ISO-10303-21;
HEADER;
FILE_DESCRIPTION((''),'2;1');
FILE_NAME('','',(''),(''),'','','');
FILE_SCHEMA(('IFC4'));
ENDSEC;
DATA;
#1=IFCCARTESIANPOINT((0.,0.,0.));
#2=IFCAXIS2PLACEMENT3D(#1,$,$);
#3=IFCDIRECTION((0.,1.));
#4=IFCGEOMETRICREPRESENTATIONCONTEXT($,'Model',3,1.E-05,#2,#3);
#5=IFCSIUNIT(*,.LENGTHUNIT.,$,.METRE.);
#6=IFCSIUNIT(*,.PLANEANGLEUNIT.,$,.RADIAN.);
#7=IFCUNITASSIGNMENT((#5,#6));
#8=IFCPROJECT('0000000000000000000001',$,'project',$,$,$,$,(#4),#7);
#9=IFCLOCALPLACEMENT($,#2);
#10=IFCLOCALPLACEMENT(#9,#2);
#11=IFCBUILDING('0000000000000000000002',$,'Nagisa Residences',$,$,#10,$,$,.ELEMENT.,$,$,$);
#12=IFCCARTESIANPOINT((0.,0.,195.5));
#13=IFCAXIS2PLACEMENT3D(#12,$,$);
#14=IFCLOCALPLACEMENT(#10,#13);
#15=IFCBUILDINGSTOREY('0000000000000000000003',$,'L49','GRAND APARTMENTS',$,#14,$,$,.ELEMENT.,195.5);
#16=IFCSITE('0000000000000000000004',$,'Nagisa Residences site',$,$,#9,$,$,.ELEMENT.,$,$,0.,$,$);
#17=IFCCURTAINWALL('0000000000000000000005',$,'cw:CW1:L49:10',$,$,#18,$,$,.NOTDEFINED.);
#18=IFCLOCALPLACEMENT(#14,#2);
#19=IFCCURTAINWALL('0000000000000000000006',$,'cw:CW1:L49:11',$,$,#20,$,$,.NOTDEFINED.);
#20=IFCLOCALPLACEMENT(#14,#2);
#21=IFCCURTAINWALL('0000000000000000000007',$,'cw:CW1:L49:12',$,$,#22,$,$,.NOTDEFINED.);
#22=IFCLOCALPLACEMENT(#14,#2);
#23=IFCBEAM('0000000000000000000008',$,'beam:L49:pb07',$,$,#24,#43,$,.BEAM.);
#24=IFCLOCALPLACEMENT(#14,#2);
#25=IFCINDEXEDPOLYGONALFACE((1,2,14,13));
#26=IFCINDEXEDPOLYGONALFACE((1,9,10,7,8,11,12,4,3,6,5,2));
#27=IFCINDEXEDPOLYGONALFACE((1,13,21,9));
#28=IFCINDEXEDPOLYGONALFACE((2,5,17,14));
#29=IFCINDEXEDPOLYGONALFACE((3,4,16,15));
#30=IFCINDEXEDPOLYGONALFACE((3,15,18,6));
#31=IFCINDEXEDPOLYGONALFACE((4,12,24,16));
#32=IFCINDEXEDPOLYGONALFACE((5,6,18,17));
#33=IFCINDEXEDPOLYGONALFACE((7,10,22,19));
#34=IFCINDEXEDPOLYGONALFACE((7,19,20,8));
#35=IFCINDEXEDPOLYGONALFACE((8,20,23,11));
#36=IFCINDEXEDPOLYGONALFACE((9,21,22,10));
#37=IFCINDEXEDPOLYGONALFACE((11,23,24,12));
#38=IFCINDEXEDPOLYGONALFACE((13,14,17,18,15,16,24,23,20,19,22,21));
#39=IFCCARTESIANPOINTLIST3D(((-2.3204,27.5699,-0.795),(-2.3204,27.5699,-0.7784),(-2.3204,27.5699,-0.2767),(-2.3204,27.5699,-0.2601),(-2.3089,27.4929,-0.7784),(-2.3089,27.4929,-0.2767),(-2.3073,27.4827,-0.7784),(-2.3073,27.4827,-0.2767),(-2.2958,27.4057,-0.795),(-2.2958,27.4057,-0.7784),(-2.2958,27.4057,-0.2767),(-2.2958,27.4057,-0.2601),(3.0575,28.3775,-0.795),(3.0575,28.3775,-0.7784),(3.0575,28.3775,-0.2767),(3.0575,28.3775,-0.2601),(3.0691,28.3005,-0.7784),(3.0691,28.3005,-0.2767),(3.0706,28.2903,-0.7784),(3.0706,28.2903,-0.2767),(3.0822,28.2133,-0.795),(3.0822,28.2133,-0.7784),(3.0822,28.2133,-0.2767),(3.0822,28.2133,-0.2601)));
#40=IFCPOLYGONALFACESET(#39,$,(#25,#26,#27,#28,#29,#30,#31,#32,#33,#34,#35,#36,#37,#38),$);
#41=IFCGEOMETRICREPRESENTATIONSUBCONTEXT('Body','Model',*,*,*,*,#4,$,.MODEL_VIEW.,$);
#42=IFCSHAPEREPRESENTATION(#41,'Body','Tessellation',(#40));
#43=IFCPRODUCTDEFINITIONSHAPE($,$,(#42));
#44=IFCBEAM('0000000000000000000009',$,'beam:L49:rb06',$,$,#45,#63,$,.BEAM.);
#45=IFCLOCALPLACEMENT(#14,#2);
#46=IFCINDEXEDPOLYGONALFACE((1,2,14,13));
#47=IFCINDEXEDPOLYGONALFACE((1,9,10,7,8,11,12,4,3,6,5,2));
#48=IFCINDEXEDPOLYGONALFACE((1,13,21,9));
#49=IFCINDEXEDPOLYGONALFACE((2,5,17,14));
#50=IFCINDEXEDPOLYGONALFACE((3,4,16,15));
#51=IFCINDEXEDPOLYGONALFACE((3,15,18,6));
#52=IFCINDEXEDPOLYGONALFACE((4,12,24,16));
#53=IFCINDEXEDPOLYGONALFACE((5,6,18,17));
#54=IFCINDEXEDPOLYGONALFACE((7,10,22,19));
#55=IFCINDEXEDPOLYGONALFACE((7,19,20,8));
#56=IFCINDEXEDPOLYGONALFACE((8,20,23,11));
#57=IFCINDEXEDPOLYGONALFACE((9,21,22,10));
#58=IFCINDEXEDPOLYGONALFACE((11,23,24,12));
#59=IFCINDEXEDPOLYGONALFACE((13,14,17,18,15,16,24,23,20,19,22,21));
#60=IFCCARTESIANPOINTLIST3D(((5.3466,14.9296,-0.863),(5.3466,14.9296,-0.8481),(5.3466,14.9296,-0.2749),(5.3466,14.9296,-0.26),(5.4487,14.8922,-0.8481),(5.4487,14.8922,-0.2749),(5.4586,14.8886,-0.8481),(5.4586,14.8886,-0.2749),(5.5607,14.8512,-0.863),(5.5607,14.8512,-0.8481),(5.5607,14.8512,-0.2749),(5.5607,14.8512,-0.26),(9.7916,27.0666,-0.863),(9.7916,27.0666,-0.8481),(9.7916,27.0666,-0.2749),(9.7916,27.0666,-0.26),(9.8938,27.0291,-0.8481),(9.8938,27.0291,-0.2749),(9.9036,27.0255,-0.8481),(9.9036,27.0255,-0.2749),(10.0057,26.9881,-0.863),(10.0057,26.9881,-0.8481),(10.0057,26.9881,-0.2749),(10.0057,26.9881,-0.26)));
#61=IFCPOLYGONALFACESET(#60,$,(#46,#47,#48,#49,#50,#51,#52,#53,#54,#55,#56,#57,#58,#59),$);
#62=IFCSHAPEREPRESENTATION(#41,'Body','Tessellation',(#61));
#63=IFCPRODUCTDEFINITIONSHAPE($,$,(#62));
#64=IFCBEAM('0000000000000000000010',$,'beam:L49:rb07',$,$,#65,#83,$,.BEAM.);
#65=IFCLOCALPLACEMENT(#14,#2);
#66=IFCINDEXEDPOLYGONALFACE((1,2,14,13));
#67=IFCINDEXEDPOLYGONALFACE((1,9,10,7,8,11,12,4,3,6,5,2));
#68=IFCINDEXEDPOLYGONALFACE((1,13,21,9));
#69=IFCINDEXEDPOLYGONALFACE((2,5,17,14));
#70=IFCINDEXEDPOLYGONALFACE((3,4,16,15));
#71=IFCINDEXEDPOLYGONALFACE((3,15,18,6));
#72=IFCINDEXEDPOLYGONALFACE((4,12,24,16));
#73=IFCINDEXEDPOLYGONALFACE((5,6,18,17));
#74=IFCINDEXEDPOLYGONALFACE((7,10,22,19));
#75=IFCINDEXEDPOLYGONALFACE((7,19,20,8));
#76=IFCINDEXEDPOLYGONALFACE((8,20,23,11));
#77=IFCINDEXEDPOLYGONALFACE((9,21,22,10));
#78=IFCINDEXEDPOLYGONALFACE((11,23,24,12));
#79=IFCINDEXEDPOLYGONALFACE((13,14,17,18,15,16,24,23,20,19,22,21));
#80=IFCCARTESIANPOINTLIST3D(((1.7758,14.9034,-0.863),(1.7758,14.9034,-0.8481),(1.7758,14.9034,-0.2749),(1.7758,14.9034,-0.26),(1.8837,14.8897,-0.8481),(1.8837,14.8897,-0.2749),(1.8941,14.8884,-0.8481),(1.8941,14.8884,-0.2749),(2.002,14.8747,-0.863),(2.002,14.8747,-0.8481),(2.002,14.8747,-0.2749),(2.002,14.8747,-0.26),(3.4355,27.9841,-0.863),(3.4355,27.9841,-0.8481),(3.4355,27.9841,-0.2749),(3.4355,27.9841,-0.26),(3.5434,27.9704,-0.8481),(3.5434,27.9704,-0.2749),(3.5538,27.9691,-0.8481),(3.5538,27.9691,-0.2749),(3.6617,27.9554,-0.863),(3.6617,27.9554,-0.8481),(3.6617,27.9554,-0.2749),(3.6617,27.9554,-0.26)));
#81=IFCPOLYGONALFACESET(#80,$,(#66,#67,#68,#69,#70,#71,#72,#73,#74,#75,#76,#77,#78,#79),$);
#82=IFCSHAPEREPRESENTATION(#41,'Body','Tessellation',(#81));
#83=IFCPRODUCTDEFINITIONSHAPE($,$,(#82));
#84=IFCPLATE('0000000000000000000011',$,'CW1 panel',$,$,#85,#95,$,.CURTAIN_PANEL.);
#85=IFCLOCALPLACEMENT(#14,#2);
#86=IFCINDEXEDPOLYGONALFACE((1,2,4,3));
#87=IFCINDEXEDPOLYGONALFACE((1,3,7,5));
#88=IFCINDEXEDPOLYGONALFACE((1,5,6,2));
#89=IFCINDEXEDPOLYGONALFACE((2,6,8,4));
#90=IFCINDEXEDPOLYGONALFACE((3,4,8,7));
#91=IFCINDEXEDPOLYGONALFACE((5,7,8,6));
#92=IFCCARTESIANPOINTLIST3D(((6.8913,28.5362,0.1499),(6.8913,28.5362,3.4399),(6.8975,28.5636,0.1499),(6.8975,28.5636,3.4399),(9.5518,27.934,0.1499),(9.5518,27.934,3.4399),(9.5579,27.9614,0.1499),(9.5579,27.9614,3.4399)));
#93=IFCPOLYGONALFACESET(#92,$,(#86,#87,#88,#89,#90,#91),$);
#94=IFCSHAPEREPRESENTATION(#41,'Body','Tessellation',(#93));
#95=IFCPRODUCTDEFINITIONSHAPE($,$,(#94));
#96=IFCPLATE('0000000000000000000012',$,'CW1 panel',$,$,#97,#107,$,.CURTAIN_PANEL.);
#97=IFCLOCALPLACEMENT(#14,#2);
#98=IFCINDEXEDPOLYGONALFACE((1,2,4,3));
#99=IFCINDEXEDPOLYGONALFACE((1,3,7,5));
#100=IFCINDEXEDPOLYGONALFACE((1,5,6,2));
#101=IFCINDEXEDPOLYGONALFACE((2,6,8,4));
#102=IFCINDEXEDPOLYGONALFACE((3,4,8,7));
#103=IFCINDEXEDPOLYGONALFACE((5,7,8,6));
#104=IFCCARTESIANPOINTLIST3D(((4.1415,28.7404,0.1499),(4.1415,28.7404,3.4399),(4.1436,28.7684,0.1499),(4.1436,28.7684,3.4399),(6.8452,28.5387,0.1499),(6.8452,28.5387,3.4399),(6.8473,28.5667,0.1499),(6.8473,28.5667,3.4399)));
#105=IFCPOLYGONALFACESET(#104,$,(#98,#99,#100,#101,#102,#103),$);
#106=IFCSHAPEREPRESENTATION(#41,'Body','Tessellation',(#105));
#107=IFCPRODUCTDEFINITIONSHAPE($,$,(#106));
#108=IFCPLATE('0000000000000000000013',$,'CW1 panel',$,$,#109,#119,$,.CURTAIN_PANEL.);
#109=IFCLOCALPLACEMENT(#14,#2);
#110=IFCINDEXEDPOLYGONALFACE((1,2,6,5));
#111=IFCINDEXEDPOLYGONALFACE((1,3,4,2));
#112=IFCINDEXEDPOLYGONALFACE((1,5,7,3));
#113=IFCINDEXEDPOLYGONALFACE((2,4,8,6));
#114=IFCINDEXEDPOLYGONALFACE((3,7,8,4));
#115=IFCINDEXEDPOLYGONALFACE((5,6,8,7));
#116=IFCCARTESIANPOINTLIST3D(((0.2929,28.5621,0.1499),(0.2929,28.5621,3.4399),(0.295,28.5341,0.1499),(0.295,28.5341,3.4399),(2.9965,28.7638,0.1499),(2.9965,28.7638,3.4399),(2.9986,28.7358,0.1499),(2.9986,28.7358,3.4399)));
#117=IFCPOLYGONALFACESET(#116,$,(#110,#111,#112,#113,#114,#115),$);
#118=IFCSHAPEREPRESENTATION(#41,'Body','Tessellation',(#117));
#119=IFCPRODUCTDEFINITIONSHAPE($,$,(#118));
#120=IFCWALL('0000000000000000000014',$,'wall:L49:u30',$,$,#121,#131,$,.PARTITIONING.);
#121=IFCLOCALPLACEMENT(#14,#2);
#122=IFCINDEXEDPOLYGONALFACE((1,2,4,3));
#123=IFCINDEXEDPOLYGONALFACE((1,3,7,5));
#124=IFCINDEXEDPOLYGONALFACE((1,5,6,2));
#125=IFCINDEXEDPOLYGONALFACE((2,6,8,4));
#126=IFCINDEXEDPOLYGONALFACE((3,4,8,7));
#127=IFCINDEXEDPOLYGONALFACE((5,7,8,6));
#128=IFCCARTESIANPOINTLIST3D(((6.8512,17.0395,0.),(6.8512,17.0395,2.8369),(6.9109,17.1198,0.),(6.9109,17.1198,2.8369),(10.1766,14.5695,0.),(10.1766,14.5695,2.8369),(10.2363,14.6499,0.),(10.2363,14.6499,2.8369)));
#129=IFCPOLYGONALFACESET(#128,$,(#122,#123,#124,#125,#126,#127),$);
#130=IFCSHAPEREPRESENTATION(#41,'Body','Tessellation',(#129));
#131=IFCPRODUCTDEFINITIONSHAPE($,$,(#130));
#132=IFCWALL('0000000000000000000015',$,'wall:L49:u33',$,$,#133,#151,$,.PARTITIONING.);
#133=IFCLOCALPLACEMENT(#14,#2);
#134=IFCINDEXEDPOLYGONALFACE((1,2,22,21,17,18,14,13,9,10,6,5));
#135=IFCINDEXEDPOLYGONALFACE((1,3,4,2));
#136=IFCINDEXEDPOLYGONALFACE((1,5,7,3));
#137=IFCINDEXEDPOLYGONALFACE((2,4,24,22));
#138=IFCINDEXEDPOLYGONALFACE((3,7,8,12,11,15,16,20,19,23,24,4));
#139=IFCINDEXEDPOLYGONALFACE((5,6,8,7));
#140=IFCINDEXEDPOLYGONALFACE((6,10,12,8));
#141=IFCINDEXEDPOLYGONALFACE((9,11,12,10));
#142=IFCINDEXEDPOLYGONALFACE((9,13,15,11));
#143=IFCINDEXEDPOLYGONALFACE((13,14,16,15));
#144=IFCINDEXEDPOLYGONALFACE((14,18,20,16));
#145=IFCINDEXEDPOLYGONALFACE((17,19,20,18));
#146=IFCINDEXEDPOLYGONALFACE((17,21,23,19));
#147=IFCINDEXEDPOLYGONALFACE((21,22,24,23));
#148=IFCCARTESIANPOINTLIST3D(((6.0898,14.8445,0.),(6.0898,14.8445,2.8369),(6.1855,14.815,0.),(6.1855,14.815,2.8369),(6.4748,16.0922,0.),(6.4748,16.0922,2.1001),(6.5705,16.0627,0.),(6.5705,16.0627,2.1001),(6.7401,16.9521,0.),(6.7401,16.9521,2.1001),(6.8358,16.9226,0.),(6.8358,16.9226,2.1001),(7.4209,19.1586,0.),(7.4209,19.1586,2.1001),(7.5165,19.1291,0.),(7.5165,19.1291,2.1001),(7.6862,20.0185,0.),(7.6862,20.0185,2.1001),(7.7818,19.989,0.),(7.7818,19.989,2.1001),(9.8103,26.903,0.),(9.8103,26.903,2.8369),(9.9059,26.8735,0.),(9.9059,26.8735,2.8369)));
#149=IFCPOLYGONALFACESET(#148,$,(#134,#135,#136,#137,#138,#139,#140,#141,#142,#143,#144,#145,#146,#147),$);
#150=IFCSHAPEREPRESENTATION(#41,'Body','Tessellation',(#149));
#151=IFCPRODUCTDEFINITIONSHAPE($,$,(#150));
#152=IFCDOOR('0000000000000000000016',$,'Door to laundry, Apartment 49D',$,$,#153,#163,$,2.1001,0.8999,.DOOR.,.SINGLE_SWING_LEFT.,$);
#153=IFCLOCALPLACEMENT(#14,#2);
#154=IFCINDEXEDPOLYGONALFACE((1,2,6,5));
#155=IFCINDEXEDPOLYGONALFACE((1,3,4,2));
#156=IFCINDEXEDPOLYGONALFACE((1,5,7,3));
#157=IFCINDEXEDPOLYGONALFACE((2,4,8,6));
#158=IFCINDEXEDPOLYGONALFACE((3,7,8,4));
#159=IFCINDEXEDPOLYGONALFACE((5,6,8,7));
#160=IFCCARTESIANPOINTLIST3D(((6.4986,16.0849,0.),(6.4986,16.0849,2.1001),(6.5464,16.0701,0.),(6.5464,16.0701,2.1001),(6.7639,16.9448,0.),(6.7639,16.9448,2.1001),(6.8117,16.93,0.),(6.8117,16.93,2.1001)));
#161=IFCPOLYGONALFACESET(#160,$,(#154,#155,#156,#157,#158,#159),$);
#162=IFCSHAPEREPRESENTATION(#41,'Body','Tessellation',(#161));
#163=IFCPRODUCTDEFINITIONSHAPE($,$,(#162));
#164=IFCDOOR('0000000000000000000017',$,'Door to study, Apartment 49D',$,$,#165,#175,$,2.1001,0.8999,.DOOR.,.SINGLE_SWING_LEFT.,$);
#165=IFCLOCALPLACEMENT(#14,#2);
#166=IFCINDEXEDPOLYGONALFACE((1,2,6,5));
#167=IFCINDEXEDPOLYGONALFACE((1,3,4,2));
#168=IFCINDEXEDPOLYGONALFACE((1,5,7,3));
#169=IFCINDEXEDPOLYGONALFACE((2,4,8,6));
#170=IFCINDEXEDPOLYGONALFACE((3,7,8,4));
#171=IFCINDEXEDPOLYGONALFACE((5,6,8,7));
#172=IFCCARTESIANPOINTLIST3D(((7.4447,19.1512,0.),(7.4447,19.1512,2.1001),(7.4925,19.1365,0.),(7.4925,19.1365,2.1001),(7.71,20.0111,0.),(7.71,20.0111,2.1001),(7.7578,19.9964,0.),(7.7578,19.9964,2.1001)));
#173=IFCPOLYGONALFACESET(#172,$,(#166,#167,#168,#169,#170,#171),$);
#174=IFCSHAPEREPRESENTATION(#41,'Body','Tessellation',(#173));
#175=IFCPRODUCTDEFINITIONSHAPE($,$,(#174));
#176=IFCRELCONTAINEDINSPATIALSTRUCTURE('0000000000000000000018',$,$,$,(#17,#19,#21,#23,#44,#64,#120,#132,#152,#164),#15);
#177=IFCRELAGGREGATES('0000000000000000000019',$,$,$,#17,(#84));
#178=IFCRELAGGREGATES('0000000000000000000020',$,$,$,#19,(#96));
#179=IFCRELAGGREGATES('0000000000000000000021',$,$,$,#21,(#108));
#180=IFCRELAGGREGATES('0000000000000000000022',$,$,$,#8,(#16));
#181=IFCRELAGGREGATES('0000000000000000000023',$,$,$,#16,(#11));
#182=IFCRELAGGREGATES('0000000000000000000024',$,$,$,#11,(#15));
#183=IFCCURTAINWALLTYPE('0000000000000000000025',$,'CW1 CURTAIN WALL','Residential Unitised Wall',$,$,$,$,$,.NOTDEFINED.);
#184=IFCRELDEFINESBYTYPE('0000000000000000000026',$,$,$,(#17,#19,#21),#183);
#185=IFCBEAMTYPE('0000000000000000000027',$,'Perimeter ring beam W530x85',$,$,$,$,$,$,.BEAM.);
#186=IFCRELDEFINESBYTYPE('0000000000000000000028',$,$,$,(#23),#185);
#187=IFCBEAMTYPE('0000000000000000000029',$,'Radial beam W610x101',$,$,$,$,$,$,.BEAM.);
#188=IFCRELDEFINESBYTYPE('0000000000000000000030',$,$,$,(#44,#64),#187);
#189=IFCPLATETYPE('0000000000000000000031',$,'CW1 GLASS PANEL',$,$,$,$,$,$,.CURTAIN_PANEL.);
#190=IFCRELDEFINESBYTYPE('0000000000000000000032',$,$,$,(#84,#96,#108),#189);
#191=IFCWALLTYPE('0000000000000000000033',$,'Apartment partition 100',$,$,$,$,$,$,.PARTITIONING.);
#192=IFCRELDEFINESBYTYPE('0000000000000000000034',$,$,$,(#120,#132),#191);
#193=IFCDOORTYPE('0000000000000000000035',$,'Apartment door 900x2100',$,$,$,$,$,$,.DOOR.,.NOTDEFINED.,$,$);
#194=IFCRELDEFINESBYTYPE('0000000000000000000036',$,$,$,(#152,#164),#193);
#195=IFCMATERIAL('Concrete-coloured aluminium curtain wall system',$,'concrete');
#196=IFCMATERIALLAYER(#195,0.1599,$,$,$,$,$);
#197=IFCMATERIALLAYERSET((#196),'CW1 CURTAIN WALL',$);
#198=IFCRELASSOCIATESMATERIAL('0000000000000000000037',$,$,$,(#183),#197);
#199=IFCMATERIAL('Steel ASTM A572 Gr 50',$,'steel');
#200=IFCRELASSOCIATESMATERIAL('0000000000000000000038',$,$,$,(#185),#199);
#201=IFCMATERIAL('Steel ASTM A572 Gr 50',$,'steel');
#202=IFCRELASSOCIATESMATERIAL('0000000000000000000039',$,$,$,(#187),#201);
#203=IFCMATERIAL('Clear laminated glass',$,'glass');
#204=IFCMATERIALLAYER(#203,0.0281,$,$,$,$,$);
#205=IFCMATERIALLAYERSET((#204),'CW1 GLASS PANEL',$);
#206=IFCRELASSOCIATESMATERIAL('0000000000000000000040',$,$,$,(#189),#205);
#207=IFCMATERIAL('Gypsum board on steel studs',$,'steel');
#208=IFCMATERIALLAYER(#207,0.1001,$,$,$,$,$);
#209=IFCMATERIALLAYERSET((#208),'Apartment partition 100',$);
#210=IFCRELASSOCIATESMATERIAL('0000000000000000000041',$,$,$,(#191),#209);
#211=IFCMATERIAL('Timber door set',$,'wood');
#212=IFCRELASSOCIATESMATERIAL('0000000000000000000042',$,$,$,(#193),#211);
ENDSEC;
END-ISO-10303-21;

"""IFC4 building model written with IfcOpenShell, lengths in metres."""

from ifc_helpers import new_model, si_unit, direction, frame, frame_2d, origin, origin_2d, place, context, subcontext, project, spatial, rectangle, i_section, extrude, material, layer, layer_set, material_profile, profile_set, type_object, element, fill, aggregate, save


model = new_model("IFC4")

# Units and contexts
model_context = context("Model", 3, precision=1e-05, world=origin(), true_north=direction((0.0, 1.0)))
body_context = subcontext(model_context, "Body", "Model", "MODEL_VIEW")
ifc_project = project(units=[si_unit("LENGTHUNIT", "METRE"), si_unit("PLANEANGLEUNIT", "RADIAN")], contexts=[model_context])

# Site, building, storey
site_placement = place(None, origin())
site = spatial("IfcSite", under=ifc_project, at=site_placement, Name="Nagisa Residences site", CompositionType="ELEMENT", RefElevation=0.0)
building_placement = place(site_placement, origin())
building = spatial("IfcBuilding", under=site, at=building_placement, Name="Nagisa Residences", CompositionType="ELEMENT")
storey_placement = place(building_placement, frame((0.0, 0.0, 195.5)))
storey = spatial("IfcBuildingStorey", under=building, at=storey_placement, Name="L49", Description="GRAND APARTMENTS", CompositionType="ELEMENT", Elevation=195.5)

# Curtain walls
ifc_material_1 = material(Name="Concrete-coloured aluminium curtain wall system", Category="concrete")
ifc_layer_1 = layer(ifc_material_1, 0.1599)
ifc_layer_set_1 = layer_set([ifc_layer_1], Name="CW1 CURTAIN WALL")
curtain_wall_type = type_object("IfcCurtainWallType", Name="CW1 CURTAIN WALL", Description="Residential Unitised Wall", PredefinedType="NOTDEFINED", material=ifc_layer_set_1)
curtain_wall_1_placement = place(storey_placement, origin())
curtain_wall_1 = element("IfcCurtainWall", 1, at=curtain_wall_1_placement, inside=storey, type_object=curtain_wall_type, Name="cw:CW1:L49:10", PredefinedType="NOTDEFINED")
curtain_wall_2_placement = place(storey_placement, origin())
curtain_wall_2 = element("IfcCurtainWall", 2, at=curtain_wall_2_placement, inside=storey, type_object=curtain_wall_type, Name="cw:CW1:L49:11", PredefinedType="NOTDEFINED")
curtain_wall_3_placement = place(storey_placement, origin())
curtain_wall_3 = element("IfcCurtainWall", 3, at=curtain_wall_3_placement, inside=storey, type_object=curtain_wall_type, Name="cw:CW1:L49:12", PredefinedType="NOTDEFINED")

# Beams
ifc_material_2 = material(Name="Steel ASTM A572 Gr 50", Category="steel")
ifc_material_profile_1 = material_profile(ifc_material_2, i_section(OverallWidth=0.166, OverallDepth=0.5349, WebThickness=0.0103, FlangeThickness=0.0166, at=origin_2d()), Name="W530x85")
ifc_profile_set_1 = profile_set([ifc_material_profile_1], Name="Steel ASTM A572 Gr 50")
beam_type_1 = type_object("IfcBeamType", Name="Perimeter ring beam W530x85", PredefinedType="BEAM", material=ifc_profile_set_1)
for number, where, z_axis, x_axis, name in (
    (4, (3.0698, 28.2954, -0.5276), (-0.988911, -0.148507, 0.0), (0.148507, -0.988911, 0.0), "beam:L49:pb07"),
):
    element("IfcBeam", number, at=place(storey_placement, frame(where, z_axis=z_axis, x_axis=x_axis)), inside=storey, type_object=beam_type_1, Name=name, PredefinedType="BEAM", context=body_context, shape_type="SweptSolid", body=[
        extrude(i_section(OverallWidth=0.166, OverallDepth=0.5349, WebThickness=0.0103, FlangeThickness=0.0166, at=origin_2d()), origin(), (0.0, 0.0, 1.0), 5.4382),
    ])
ifc_material_3 = material(Name="Steel ASTM A572 Gr 50", Category="steel")
ifc_material_profile_2 = material_profile(ifc_material_3, i_section(OverallWidth=0.228, OverallDepth=0.603, WebThickness=0.0105, FlangeThickness=0.0149, at=origin_2d()), Name="W610x101")
ifc_profile_set_2 = profile_set([ifc_material_profile_2], Name="Steel ASTM A572 Gr 50")
beam_type_2 = type_object("IfcBeamType", Name="Radial beam W610x101", PredefinedType="BEAM", material=ifc_profile_set_2)
beam_1_placement = place(storey_placement, frame((9.8987, 27.0273, -0.5615), z_axis=(-0.343903, -0.939005, 0.0), x_axis=(0.939005, -0.343903, 0.0)))
element("IfcBeam", 5, at=beam_1_placement, inside=storey, type_object=beam_type_2, Name="beam:L49:rb06", PredefinedType="BEAM", context=body_context, shape_type="SweptSolid", body=[
    extrude(i_section(OverallWidth=0.228, OverallDepth=0.603, WebThickness=0.0105, FlangeThickness=0.0149, at=origin_2d()), origin(), (0.0, 0.0, 1.0), 12.9253),
])
beam_2_placement = place(storey_placement, frame((3.5486, 27.9697, -0.5615), z_axis=(-0.125871, -0.992047, 0.0), x_axis=(0.992047, -0.125871, 0.0)))
element("IfcBeam", 6, at=beam_2_placement, inside=storey, type_object=beam_type_2, Name="beam:L49:rb07", PredefinedType="BEAM", context=body_context, shape_type="SweptSolid", body=[
    extrude(i_section(OverallWidth=0.228, OverallDepth=0.603, WebThickness=0.0105, FlangeThickness=0.0149, at=origin_2d()), origin(), (0.0, 0.0, 1.0), 13.1855),
])

# Plates
ifc_material_4 = material(Name="Clear laminated glass", Category="glass")
ifc_layer_2 = layer(ifc_material_4, 0.0281)
ifc_layer_set_2 = layer_set([ifc_layer_2], Name="CW1 GLASS PANEL")
plate_type = type_object("IfcPlateType", Name="CW1 GLASS PANEL", PredefinedType="CURTAIN_PANEL", material=ifc_layer_set_2)
plate_1_placement = place(storey_placement, frame((8.2246, 28.2488, 0.1499), z_axis=(0.0, 0.0, 1.0), x_axis=(-0.975327, 0.220764, 0.0)))
plate_1 = element("IfcPlate", 7, at=plate_1_placement, type_object=plate_type, Name="CW1 panel", PredefinedType="CURTAIN_PANEL", context=body_context, shape_type="SweptSolid", body=[
    extrude(rectangle(XDim=2.7278, YDim=0.0281, at=origin_2d()), origin(), (0.0, 0.0, 1.0), 3.29),
])
aggregate(curtain_wall_1, [plate_1])
plate_2_placement = place(storey_placement, frame((5.4944, 28.6536, 0.1499), z_axis=(0.0, 0.0, 1.0), x_axis=(-0.99723, 0.074377, 0.0)))
plate_2 = element("IfcPlate", 8, at=plate_2_placement, type_object=plate_type, Name="CW1 panel", PredefinedType="CURTAIN_PANEL", context=body_context, shape_type="SweptSolid", body=[
    extrude(rectangle(XDim=2.7112, YDim=0.0281, at=origin_2d()), origin(), (0.0, 0.0, 1.0), 3.29),
])
aggregate(curtain_wall_2, [plate_2])
plate_3_placement = place(storey_placement, frame((1.6458, 28.6489, 0.1499), z_axis=(0.0, 0.0, 1.0), x_axis=(-0.99723, -0.074377, 0.0)))
plate_3 = element("IfcPlate", 9, at=plate_3_placement, type_object=plate_type, Name="CW1 panel", PredefinedType="CURTAIN_PANEL", context=body_context, shape_type="SweptSolid", body=[
    extrude(rectangle(XDim=2.7112, YDim=0.0281, at=origin_2d()), origin(), (0.0, 0.0, 1.0), 3.29),
])
aggregate(curtain_wall_3, [plate_3])

# Wall
ifc_material_5 = material(Name="Gypsum board on steel studs", Category="steel")
ifc_layer_3 = layer(ifc_material_5, 0.1001)
ifc_layer_set_3 = layer_set([ifc_layer_3], Name="Apartment partition 100")
wall_type = type_object("IfcWallType", Name="Apartment partition 100", PredefinedType="PARTITIONING", material=ifc_layer_set_3)
wall_1_placement = place(storey_placement, frame((10.2065, 14.6096, 0.0), z_axis=(0.0, 0.0, 1.0), x_axis=(-0.802785, 0.596269, 0.0)))
element("IfcWall", 10, at=wall_1_placement, inside=storey, type_object=wall_type, Name="wall:L49:u30", PredefinedType="PARTITIONING", context=body_context, shape_type="SweptSolid", body=[
    extrude(rectangle(XDim=4.1423, YDim=0.1001, at=frame_2d((2.0713, 0.0))), origin(), (0.0, 0.0, 1.0), 2.8369),
])

# Wall, openings, doors
wall_2_placement = place(storey_placement, frame((6.1377, 14.8298, 0.0), z_axis=(0.0, 0.0, 1.0), x_axis=(0.294819, 0.955553, 0.0)))
wall_2 = element("IfcWall", 11, at=wall_2_placement, inside=storey, type_object=wall_type, Name="wall:L49:u33", PredefinedType="PARTITIONING", context=body_context, shape_type="SweptSolid", body=[
    extrude(rectangle(XDim=12.6194, YDim=0.1001, at=frame_2d((6.3096, 0.0))), origin(), (0.0, 0.0, 1.0), 2.8369),
])
opening_1_placement = place(wall_2_placement, frame((1.3057, 0.0, 0.0)))
opening_1 = element("IfcOpeningElement", 12, at=opening_1_placement, cuts=wall_2, PredefinedType="OPENING", context=body_context, shape_type="SweptSolid", body=[
    extrude(rectangle(XDim=0.8999, YDim=2.1001, at=frame_2d((0.45, 1.05))), frame((0.0, 0.0601, 0.0), z_axis=(0.0, -1.0, 0.0), x_axis=(1.0, 0.0, 0.0)), (0.0, 0.0, 1.0), 0.1201),
])
opening_2_placement = place(wall_2_placement, frame((4.5146, 0.0, 0.0)))
opening_2 = element("IfcOpeningElement", 13, at=opening_2_placement, cuts=wall_2, PredefinedType="OPENING", context=body_context, shape_type="SweptSolid", body=[
    extrude(rectangle(XDim=0.8999, YDim=2.1001, at=frame_2d((0.45, 1.05))), frame((0.0, 0.0601, 0.0), z_axis=(0.0, -1.0, 0.0), x_axis=(1.0, 0.0, 0.0)), (0.0, 0.0, 1.0), 0.1201),
])
ifc_material_6 = material(Name="Timber door set", Category="wood")
door_type = type_object("IfcDoorType", Name="Apartment door 900x2100", OperationType="NOTDEFINED", PredefinedType="DOOR", material=ifc_material_6)
door_1_placement = place(opening_1_placement, frame((0.8999, 0.0, 0.0), x_axis=(-1.0, 0.0, 0.0)))
door_1 = element("IfcDoor", 14, at=door_1_placement, inside=storey, type_object=door_type, Name="Door to laundry, Apartment 49D", OperationType="SINGLE_SWING_LEFT", OverallHeight=2.1001, OverallWidth=0.8999, PredefinedType="DOOR", context=body_context, shape_type="SweptSolid", body=[
    extrude(rectangle(XDim=0.8999, YDim=2.1001, at=frame_2d((0.45, 1.05))), frame((0.0, 0.0249, 0.0), z_axis=(0.0, -1.0, 0.0), x_axis=(1.0, 0.0, 0.0)), (0.0, 0.0, 1.0), 0.05),
])
fill(opening_1, door_1)
door_2_placement = place(opening_2_placement, frame((0.8999, 0.0, 0.0), x_axis=(-1.0, 0.0, 0.0)))
door_2 = element("IfcDoor", 15, at=door_2_placement, inside=storey, type_object=door_type, Name="Door to study, Apartment 49D", OperationType="SINGLE_SWING_LEFT", OverallHeight=2.1001, OverallWidth=0.8999, PredefinedType="DOOR", context=body_context, shape_type="SweptSolid", body=[
    extrude(rectangle(XDim=0.8999, YDim=2.1001, at=frame_2d((0.45, 1.05))), frame((0.0, 0.0249, 0.0), z_axis=(0.0, -1.0, 0.0), x_axis=(1.0, 0.0, 0.0)), (0.0, 0.0, 1.0), 0.05),
])
fill(opening_2, door_2)

save(model, "model.ifc")
